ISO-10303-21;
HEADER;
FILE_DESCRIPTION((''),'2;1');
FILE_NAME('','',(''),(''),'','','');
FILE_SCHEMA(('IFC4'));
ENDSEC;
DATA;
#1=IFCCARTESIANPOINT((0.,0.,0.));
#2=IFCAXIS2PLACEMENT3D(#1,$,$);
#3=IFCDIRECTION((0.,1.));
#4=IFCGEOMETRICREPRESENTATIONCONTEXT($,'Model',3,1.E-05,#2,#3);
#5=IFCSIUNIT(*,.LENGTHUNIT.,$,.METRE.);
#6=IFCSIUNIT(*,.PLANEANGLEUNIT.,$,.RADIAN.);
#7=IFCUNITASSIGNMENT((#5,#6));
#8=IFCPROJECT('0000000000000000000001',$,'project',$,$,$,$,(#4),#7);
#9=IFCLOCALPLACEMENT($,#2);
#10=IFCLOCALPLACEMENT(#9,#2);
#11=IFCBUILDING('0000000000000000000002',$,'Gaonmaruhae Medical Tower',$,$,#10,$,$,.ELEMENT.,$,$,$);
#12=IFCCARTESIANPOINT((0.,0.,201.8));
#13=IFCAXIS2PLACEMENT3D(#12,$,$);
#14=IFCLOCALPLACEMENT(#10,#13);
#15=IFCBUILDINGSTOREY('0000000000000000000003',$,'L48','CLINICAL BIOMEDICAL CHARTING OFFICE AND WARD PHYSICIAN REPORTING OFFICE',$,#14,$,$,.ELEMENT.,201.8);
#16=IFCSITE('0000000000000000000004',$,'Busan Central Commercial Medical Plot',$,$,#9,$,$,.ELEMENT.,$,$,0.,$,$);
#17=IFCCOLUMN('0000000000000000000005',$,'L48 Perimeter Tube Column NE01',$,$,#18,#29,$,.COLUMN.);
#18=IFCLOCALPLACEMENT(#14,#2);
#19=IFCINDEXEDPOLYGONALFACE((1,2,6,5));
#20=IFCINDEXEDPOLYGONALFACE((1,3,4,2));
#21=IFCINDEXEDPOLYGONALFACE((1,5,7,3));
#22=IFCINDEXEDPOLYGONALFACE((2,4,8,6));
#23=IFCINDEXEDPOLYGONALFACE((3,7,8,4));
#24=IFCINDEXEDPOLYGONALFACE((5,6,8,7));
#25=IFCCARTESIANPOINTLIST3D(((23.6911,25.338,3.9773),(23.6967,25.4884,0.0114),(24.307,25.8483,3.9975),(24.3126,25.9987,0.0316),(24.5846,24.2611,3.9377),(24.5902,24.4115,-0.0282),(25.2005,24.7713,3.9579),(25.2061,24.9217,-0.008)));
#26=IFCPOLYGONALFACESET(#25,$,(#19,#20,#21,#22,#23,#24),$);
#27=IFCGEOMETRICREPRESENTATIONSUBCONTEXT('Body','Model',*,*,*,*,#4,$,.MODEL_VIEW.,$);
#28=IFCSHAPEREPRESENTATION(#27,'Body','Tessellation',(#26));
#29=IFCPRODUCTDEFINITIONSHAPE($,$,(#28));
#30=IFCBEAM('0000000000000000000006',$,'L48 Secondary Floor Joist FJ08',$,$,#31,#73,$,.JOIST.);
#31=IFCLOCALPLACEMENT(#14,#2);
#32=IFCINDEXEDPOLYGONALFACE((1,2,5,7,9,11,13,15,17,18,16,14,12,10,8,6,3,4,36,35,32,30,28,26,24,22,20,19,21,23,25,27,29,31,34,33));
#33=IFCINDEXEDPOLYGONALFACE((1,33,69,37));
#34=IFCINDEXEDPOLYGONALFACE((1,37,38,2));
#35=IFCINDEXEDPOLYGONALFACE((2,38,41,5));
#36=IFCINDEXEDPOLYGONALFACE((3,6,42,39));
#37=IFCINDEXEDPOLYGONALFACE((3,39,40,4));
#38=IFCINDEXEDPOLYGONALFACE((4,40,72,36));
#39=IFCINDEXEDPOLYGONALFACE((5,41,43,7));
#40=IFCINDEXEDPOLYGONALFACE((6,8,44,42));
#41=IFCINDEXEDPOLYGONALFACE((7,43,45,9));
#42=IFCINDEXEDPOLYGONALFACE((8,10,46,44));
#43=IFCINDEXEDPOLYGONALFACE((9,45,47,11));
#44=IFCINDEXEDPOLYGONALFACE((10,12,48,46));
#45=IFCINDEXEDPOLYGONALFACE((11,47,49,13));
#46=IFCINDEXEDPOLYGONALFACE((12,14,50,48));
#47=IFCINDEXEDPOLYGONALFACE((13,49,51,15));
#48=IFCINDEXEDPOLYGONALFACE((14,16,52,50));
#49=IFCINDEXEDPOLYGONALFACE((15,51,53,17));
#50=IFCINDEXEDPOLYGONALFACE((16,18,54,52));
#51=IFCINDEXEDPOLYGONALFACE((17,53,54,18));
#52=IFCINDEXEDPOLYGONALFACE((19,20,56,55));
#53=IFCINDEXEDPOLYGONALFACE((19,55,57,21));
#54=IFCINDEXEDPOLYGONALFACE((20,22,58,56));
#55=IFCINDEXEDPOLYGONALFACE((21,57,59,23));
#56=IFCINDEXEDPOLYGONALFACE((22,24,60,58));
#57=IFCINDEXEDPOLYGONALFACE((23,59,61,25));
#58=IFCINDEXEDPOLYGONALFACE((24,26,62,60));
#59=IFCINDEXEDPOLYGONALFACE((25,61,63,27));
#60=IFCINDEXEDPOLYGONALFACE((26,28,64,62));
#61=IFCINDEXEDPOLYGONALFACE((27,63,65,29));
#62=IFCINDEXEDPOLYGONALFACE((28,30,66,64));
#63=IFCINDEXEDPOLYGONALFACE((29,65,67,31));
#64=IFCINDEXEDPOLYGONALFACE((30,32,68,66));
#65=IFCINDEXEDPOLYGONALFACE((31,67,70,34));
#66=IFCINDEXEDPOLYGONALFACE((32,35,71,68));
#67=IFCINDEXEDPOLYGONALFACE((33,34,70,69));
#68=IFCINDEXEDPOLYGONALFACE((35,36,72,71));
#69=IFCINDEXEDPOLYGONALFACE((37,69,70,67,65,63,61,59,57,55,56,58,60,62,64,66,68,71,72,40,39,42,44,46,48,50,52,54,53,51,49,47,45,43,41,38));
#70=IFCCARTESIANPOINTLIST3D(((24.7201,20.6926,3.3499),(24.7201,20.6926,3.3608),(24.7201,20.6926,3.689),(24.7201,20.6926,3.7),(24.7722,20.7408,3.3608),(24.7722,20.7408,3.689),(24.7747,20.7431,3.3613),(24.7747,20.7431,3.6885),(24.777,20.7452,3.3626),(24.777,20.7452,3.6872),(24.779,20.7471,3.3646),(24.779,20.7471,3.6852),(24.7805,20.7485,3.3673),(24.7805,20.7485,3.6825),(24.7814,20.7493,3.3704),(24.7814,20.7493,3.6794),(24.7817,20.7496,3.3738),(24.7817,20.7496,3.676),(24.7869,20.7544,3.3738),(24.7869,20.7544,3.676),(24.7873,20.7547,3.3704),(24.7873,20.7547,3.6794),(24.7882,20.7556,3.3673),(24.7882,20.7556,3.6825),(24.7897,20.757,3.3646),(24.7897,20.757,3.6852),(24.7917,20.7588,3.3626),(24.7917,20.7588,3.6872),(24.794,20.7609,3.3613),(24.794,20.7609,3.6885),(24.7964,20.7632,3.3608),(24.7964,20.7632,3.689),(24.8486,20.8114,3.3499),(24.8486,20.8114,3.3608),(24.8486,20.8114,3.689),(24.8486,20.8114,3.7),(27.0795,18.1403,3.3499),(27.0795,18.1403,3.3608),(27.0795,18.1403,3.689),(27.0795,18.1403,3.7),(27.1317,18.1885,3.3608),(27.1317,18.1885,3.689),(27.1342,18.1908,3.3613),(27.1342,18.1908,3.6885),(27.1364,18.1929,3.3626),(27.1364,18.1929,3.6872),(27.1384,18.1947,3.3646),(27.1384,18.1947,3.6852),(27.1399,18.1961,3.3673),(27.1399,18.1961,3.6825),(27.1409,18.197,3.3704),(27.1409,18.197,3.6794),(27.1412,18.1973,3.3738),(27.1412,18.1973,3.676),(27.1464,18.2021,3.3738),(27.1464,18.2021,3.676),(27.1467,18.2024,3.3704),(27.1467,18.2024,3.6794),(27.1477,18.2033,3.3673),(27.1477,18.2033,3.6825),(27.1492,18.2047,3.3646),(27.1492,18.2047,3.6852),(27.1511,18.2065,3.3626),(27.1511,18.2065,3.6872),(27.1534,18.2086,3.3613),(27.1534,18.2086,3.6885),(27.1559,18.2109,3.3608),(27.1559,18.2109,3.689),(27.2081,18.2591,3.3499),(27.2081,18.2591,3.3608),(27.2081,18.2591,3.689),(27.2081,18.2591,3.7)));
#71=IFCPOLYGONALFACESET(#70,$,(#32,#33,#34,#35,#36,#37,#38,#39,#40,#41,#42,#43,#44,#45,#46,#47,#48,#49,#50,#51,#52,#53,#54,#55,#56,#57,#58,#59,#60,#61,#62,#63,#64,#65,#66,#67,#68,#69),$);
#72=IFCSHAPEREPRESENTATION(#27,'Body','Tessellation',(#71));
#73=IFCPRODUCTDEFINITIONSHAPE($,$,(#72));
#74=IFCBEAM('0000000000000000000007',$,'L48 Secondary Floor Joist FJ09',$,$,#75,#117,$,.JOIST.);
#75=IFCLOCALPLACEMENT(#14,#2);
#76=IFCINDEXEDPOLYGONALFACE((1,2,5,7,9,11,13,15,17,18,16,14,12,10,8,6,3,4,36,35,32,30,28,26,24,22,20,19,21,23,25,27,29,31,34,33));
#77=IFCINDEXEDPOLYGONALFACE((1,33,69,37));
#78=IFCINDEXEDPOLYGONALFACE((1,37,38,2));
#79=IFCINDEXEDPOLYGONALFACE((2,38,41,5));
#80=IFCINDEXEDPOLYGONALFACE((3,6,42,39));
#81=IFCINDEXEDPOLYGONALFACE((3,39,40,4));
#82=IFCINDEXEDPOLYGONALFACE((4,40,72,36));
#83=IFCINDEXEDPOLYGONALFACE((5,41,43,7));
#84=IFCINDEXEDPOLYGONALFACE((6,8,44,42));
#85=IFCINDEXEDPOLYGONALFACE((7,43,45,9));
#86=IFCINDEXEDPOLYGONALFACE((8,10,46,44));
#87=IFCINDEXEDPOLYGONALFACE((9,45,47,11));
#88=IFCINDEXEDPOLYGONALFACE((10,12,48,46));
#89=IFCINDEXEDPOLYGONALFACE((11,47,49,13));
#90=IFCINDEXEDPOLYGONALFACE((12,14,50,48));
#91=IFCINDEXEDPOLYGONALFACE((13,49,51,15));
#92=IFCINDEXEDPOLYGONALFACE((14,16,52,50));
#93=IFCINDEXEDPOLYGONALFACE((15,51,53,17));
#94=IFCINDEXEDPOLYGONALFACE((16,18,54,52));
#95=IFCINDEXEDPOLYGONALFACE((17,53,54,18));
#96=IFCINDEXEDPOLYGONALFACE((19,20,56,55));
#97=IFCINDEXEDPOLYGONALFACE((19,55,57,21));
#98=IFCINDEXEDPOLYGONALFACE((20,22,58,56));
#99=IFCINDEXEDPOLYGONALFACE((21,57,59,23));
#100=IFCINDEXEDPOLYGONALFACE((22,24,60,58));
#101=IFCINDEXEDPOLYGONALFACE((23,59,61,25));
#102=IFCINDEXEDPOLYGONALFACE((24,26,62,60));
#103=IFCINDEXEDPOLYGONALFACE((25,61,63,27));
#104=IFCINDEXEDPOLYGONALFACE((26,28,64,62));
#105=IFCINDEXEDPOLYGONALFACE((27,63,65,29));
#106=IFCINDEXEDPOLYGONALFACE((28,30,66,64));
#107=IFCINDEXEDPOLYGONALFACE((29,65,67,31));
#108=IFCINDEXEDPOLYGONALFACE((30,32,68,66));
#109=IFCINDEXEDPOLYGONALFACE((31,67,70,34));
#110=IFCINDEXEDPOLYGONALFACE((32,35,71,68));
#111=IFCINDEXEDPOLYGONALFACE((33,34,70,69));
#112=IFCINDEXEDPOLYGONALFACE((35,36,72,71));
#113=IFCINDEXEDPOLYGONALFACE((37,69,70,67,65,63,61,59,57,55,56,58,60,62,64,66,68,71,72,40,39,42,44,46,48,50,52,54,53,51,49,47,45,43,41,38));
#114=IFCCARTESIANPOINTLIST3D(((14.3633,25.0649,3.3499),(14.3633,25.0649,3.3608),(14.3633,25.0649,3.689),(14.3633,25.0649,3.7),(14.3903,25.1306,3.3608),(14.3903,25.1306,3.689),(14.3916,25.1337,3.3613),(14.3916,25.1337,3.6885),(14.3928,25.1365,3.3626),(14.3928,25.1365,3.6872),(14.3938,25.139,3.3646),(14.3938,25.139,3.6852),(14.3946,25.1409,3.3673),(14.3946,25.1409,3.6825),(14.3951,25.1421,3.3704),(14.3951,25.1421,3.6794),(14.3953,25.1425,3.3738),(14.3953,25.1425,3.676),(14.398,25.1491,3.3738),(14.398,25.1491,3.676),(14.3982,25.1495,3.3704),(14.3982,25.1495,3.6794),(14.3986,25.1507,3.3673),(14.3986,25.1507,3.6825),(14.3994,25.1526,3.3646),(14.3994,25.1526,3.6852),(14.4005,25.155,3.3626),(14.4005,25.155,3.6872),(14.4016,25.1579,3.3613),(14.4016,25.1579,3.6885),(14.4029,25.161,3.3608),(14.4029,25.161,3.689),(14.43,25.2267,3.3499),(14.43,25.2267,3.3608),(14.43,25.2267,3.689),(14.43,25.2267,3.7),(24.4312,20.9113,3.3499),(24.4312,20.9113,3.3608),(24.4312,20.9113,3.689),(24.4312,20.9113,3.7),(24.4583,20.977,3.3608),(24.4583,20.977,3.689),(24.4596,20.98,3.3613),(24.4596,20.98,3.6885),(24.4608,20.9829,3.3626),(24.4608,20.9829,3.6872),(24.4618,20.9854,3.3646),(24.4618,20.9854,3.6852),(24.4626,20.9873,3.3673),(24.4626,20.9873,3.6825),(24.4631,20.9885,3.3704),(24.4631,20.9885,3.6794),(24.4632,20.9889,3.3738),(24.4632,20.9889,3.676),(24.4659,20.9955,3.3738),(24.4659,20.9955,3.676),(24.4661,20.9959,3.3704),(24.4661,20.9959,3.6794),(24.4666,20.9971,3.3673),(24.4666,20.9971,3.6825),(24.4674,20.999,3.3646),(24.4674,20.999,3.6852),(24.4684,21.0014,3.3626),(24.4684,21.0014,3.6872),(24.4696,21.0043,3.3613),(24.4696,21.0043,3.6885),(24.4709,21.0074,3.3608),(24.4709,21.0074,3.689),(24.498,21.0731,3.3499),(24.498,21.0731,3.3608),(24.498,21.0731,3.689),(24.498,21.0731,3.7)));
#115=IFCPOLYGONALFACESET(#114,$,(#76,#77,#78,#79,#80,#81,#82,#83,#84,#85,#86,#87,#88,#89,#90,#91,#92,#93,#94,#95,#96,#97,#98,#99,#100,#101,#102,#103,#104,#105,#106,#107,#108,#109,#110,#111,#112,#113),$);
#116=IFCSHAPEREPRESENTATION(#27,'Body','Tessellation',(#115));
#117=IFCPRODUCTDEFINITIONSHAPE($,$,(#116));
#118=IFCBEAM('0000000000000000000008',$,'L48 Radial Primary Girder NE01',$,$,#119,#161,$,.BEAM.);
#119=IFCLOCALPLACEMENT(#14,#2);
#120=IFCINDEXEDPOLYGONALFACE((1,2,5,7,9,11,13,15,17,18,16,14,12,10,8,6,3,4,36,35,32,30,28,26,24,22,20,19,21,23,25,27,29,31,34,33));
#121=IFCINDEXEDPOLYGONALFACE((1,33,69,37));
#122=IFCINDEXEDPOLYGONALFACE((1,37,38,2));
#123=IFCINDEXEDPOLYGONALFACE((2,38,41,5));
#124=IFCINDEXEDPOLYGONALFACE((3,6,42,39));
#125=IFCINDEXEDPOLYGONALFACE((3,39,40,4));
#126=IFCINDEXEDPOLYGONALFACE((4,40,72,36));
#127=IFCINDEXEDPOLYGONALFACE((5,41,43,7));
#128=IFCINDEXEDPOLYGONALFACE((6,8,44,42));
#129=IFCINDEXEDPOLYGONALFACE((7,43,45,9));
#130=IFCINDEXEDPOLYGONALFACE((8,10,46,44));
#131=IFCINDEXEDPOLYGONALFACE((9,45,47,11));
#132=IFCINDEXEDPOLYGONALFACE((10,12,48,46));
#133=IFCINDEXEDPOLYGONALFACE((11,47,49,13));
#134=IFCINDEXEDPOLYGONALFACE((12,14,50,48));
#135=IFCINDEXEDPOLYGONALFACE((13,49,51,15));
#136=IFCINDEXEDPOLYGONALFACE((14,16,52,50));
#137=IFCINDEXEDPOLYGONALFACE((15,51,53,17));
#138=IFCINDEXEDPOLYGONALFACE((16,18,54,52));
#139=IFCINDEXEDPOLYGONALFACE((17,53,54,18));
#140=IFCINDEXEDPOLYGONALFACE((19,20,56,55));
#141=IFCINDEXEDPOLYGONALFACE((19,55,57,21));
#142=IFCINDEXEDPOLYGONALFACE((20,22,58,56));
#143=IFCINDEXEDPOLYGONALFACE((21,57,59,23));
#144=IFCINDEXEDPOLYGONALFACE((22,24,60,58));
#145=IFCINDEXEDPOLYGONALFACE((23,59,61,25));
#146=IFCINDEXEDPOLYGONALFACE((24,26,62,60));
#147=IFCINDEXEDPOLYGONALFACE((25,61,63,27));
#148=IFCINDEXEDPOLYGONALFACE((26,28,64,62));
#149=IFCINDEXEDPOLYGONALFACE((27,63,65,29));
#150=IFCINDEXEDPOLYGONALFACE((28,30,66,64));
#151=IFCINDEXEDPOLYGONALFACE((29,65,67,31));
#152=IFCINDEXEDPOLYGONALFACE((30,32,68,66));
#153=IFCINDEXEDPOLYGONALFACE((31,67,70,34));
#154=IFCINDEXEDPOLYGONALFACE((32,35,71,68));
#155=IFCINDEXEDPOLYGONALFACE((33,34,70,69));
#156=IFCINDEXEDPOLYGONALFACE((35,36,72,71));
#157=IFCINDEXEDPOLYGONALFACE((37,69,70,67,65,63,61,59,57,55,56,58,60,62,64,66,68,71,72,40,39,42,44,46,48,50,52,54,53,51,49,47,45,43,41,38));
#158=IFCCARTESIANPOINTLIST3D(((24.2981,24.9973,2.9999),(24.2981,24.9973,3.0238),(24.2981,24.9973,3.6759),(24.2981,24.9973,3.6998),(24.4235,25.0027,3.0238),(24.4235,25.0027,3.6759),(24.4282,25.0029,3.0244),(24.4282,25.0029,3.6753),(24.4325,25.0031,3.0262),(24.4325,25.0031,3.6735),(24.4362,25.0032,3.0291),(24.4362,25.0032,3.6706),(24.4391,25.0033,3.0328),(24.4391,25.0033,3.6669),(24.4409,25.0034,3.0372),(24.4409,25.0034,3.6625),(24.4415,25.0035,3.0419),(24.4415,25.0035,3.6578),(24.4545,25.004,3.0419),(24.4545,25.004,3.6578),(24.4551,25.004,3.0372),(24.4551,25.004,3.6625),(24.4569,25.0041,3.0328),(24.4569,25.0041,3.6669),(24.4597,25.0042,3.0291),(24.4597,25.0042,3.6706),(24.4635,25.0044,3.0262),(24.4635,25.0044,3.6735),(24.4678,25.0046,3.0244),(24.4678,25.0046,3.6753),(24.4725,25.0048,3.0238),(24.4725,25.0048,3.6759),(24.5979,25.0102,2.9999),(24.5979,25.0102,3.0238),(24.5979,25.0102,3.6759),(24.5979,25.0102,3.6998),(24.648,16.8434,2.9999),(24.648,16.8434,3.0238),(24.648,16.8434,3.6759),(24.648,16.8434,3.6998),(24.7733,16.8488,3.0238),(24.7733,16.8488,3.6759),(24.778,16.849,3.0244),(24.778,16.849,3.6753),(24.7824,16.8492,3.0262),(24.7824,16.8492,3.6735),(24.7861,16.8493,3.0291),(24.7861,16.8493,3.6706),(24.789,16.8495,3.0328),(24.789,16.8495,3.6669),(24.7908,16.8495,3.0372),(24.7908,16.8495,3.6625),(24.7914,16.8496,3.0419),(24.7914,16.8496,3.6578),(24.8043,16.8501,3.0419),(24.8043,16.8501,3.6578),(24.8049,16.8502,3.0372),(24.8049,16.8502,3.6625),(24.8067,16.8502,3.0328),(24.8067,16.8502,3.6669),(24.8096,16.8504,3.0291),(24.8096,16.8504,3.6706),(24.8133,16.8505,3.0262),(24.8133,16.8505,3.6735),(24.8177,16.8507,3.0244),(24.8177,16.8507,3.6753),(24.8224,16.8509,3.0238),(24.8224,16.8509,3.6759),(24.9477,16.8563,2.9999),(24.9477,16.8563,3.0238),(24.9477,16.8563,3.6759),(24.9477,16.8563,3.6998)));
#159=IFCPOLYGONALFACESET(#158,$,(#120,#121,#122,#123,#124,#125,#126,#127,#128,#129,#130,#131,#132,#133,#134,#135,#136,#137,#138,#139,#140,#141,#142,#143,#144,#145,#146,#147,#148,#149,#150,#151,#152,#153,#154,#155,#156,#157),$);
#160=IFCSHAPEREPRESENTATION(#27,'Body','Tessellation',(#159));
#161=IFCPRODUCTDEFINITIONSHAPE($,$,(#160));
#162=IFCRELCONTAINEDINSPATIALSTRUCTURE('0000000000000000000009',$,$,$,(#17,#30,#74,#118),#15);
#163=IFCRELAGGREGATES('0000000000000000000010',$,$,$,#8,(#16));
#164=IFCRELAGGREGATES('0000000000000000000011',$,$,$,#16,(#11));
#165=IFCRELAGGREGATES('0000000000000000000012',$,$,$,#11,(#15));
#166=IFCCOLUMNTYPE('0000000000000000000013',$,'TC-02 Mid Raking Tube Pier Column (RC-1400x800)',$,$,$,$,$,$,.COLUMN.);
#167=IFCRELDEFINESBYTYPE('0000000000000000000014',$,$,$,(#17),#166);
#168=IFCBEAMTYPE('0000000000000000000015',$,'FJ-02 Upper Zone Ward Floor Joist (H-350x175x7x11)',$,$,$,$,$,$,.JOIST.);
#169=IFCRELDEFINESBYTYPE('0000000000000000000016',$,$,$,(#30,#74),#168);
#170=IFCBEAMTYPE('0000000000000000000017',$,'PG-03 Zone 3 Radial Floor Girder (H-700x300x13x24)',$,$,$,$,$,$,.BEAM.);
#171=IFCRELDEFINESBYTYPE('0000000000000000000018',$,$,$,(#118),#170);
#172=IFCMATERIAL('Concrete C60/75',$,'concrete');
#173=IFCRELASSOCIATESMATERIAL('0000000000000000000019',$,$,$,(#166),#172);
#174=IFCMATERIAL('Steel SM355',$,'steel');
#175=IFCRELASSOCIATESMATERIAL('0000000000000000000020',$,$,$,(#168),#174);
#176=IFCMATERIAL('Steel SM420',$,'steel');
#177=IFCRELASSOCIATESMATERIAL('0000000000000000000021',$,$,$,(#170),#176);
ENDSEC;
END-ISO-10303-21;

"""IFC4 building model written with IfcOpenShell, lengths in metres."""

from ifc_helpers import new_model, si_unit, direction, frame, origin, origin_2d, place, context, subcontext, project, spatial, rectangle, i_section, extrude, material, material_profile, profile_set, type_object, element, save


model = new_model("IFC4")

# Units and contexts
model_context = context("Model", 3, precision=1e-05, world=origin(), true_north=direction((0.0, 1.0)))
body_context = subcontext(model_context, "Body", "Model", "MODEL_VIEW")
ifc_project = project(units=[si_unit("LENGTHUNIT", "METRE"), si_unit("PLANEANGLEUNIT", "RADIAN")], contexts=[model_context])

# Site, building, storey
site_placement = place(None, origin())
site = spatial("IfcSite", under=ifc_project, at=site_placement, Name="Busan Central Commercial Medical Plot", CompositionType="ELEMENT", RefElevation=0.0)
building_placement = place(site_placement, origin())
building = spatial("IfcBuilding", under=site, at=building_placement, Name="Gaonmaruhae Medical Tower", CompositionType="ELEMENT")
storey_placement = place(building_placement, frame((0.0, 0.0, 201.8)))
storey = spatial("IfcBuildingStorey", under=building, at=storey_placement, Name="L48", Description="CLINICAL BIOMEDICAL CHARTING OFFICE AND WARD PHYSICIAN REPORTING OFFICE", CompositionType="ELEMENT", Elevation=201.8)

# Column
ifc_material_1 = material(Name="Concrete C60/75", Category="concrete")
ifc_material_profile_1 = material_profile(ifc_material_1, rectangle(XDim=1.3999, YDim=0.8, at=origin_2d()), Name="RC-1400x800")
ifc_profile_set_1 = profile_set([ifc_material_profile_1], Name="Concrete C60/75")
column_type = type_object("IfcColumnType", Name="TC-02 Mid Raking Tube Pier Column (RC-1400x800)", PredefinedType="COLUMN", material=ifc_profile_set_1)
column_placement = place(storey_placement, frame((24.4514, 25.2051, 0.0017), z_axis=(-0.001415, -0.037894, 0.999281), x_axis=(-0.638273, 0.769291, 0.028269)))
element("IfcColumn", 1, at=column_placement, inside=storey, type_object=column_type, Name="L48 Perimeter Tube Column NE01", PredefinedType="COLUMN", context=body_context, shape_type="SweptSolid", body=[
    extrude(rectangle(XDim=1.3999, YDim=0.8, at=origin_2d()), origin(), (0.0, 0.0, 1.0), 3.9688),
])

# Beams
ifc_material_2 = material(Name="Steel SM355", Category="steel")
ifc_material_profile_2 = material_profile(ifc_material_2, i_section(OverallWidth=0.175, OverallDepth=0.3501, WebThickness=0.0071, FlangeThickness=0.011, FilletRadius=0.0129, at=origin_2d()), Name="H-350x175x7x11")
ifc_profile_set_2 = profile_set([ifc_material_profile_2], Name="Steel SM355")
beam_type_1 = type_object("IfcBeamType", Name="FJ-02 Upper Zone Ward Floor Joist (H-350x175x7x11)", PredefinedType="JOIST", material=ifc_profile_set_2)
beam_1_placement = place(storey_placement, frame((27.1438, 18.1997, 3.5249), z_axis=(-0.678817, 0.734308, 0.0), x_axis=(-0.734308, -0.678817, 0.0)))
element("IfcBeam", 2, at=beam_1_placement, inside=storey, type_object=beam_type_1, Name="L48 Secondary Floor Joist FJ08", PredefinedType="JOIST", context=body_context, shape_type="SweptSolid", body=[
    extrude(i_section(OverallWidth=0.175, OverallDepth=0.3501, WebThickness=0.0071, FlangeThickness=0.011, FilletRadius=0.0129, at=origin_2d()), origin(), (0.0, 0.0, 1.0), 3.4758),
])
beam_2_placement = place(storey_placement, frame((24.4646, 20.9922, 3.5249), z_axis=(-0.92442, 0.381375, 0.0), x_axis=(-0.381375, -0.92442, 0.0)))
element("IfcBeam", 3, at=beam_2_placement, inside=storey, type_object=beam_type_1, Name="L48 Secondary Floor Joist FJ09", PredefinedType="JOIST", context=body_context, shape_type="SweptSolid", body=[
    extrude(i_section(OverallWidth=0.175, OverallDepth=0.3501, WebThickness=0.0071, FlangeThickness=0.011, FilletRadius=0.0129, at=origin_2d()), origin(), (0.0, 0.0, 1.0), 10.8911),
])
ifc_material_3 = material(Name="Steel SM420", Category="steel")
ifc_material_profile_3 = material_profile(ifc_material_3, i_section(OverallWidth=0.3, OverallDepth=0.7, WebThickness=0.0129, FlangeThickness=0.0239, FilletRadius=0.0181, at=origin_2d()), Name="H-700x300x13x24")
ifc_profile_set_3 = profile_set([ifc_material_profile_3], Name="Steel SM420")
beam_type_2 = type_object("IfcBeamType", Name="PG-03 Zone 3 Radial Floor Girder (H-700x300x13x24)", PredefinedType="BEAM", material=ifc_profile_set_3)
beam_3_placement = place(storey_placement, frame((24.7979, 16.8499, 3.3499), z_axis=(-0.042867, 0.999081, 0.0), x_axis=(-0.999081, -0.042867, 0.0)))
element("IfcBeam", 4, at=beam_3_placement, inside=storey, type_object=beam_type_2, Name="L48 Radial Primary Girder NE01", PredefinedType="BEAM", context=body_context, shape_type="SweptSolid", body=[
    extrude(i_section(OverallWidth=0.3, OverallDepth=0.7, WebThickness=0.0129, FlangeThickness=0.0239, FilletRadius=0.0181, at=origin_2d()), origin(), (0.0, 0.0, 1.0), 8.1614),
])

save(model, "model.ifc")
